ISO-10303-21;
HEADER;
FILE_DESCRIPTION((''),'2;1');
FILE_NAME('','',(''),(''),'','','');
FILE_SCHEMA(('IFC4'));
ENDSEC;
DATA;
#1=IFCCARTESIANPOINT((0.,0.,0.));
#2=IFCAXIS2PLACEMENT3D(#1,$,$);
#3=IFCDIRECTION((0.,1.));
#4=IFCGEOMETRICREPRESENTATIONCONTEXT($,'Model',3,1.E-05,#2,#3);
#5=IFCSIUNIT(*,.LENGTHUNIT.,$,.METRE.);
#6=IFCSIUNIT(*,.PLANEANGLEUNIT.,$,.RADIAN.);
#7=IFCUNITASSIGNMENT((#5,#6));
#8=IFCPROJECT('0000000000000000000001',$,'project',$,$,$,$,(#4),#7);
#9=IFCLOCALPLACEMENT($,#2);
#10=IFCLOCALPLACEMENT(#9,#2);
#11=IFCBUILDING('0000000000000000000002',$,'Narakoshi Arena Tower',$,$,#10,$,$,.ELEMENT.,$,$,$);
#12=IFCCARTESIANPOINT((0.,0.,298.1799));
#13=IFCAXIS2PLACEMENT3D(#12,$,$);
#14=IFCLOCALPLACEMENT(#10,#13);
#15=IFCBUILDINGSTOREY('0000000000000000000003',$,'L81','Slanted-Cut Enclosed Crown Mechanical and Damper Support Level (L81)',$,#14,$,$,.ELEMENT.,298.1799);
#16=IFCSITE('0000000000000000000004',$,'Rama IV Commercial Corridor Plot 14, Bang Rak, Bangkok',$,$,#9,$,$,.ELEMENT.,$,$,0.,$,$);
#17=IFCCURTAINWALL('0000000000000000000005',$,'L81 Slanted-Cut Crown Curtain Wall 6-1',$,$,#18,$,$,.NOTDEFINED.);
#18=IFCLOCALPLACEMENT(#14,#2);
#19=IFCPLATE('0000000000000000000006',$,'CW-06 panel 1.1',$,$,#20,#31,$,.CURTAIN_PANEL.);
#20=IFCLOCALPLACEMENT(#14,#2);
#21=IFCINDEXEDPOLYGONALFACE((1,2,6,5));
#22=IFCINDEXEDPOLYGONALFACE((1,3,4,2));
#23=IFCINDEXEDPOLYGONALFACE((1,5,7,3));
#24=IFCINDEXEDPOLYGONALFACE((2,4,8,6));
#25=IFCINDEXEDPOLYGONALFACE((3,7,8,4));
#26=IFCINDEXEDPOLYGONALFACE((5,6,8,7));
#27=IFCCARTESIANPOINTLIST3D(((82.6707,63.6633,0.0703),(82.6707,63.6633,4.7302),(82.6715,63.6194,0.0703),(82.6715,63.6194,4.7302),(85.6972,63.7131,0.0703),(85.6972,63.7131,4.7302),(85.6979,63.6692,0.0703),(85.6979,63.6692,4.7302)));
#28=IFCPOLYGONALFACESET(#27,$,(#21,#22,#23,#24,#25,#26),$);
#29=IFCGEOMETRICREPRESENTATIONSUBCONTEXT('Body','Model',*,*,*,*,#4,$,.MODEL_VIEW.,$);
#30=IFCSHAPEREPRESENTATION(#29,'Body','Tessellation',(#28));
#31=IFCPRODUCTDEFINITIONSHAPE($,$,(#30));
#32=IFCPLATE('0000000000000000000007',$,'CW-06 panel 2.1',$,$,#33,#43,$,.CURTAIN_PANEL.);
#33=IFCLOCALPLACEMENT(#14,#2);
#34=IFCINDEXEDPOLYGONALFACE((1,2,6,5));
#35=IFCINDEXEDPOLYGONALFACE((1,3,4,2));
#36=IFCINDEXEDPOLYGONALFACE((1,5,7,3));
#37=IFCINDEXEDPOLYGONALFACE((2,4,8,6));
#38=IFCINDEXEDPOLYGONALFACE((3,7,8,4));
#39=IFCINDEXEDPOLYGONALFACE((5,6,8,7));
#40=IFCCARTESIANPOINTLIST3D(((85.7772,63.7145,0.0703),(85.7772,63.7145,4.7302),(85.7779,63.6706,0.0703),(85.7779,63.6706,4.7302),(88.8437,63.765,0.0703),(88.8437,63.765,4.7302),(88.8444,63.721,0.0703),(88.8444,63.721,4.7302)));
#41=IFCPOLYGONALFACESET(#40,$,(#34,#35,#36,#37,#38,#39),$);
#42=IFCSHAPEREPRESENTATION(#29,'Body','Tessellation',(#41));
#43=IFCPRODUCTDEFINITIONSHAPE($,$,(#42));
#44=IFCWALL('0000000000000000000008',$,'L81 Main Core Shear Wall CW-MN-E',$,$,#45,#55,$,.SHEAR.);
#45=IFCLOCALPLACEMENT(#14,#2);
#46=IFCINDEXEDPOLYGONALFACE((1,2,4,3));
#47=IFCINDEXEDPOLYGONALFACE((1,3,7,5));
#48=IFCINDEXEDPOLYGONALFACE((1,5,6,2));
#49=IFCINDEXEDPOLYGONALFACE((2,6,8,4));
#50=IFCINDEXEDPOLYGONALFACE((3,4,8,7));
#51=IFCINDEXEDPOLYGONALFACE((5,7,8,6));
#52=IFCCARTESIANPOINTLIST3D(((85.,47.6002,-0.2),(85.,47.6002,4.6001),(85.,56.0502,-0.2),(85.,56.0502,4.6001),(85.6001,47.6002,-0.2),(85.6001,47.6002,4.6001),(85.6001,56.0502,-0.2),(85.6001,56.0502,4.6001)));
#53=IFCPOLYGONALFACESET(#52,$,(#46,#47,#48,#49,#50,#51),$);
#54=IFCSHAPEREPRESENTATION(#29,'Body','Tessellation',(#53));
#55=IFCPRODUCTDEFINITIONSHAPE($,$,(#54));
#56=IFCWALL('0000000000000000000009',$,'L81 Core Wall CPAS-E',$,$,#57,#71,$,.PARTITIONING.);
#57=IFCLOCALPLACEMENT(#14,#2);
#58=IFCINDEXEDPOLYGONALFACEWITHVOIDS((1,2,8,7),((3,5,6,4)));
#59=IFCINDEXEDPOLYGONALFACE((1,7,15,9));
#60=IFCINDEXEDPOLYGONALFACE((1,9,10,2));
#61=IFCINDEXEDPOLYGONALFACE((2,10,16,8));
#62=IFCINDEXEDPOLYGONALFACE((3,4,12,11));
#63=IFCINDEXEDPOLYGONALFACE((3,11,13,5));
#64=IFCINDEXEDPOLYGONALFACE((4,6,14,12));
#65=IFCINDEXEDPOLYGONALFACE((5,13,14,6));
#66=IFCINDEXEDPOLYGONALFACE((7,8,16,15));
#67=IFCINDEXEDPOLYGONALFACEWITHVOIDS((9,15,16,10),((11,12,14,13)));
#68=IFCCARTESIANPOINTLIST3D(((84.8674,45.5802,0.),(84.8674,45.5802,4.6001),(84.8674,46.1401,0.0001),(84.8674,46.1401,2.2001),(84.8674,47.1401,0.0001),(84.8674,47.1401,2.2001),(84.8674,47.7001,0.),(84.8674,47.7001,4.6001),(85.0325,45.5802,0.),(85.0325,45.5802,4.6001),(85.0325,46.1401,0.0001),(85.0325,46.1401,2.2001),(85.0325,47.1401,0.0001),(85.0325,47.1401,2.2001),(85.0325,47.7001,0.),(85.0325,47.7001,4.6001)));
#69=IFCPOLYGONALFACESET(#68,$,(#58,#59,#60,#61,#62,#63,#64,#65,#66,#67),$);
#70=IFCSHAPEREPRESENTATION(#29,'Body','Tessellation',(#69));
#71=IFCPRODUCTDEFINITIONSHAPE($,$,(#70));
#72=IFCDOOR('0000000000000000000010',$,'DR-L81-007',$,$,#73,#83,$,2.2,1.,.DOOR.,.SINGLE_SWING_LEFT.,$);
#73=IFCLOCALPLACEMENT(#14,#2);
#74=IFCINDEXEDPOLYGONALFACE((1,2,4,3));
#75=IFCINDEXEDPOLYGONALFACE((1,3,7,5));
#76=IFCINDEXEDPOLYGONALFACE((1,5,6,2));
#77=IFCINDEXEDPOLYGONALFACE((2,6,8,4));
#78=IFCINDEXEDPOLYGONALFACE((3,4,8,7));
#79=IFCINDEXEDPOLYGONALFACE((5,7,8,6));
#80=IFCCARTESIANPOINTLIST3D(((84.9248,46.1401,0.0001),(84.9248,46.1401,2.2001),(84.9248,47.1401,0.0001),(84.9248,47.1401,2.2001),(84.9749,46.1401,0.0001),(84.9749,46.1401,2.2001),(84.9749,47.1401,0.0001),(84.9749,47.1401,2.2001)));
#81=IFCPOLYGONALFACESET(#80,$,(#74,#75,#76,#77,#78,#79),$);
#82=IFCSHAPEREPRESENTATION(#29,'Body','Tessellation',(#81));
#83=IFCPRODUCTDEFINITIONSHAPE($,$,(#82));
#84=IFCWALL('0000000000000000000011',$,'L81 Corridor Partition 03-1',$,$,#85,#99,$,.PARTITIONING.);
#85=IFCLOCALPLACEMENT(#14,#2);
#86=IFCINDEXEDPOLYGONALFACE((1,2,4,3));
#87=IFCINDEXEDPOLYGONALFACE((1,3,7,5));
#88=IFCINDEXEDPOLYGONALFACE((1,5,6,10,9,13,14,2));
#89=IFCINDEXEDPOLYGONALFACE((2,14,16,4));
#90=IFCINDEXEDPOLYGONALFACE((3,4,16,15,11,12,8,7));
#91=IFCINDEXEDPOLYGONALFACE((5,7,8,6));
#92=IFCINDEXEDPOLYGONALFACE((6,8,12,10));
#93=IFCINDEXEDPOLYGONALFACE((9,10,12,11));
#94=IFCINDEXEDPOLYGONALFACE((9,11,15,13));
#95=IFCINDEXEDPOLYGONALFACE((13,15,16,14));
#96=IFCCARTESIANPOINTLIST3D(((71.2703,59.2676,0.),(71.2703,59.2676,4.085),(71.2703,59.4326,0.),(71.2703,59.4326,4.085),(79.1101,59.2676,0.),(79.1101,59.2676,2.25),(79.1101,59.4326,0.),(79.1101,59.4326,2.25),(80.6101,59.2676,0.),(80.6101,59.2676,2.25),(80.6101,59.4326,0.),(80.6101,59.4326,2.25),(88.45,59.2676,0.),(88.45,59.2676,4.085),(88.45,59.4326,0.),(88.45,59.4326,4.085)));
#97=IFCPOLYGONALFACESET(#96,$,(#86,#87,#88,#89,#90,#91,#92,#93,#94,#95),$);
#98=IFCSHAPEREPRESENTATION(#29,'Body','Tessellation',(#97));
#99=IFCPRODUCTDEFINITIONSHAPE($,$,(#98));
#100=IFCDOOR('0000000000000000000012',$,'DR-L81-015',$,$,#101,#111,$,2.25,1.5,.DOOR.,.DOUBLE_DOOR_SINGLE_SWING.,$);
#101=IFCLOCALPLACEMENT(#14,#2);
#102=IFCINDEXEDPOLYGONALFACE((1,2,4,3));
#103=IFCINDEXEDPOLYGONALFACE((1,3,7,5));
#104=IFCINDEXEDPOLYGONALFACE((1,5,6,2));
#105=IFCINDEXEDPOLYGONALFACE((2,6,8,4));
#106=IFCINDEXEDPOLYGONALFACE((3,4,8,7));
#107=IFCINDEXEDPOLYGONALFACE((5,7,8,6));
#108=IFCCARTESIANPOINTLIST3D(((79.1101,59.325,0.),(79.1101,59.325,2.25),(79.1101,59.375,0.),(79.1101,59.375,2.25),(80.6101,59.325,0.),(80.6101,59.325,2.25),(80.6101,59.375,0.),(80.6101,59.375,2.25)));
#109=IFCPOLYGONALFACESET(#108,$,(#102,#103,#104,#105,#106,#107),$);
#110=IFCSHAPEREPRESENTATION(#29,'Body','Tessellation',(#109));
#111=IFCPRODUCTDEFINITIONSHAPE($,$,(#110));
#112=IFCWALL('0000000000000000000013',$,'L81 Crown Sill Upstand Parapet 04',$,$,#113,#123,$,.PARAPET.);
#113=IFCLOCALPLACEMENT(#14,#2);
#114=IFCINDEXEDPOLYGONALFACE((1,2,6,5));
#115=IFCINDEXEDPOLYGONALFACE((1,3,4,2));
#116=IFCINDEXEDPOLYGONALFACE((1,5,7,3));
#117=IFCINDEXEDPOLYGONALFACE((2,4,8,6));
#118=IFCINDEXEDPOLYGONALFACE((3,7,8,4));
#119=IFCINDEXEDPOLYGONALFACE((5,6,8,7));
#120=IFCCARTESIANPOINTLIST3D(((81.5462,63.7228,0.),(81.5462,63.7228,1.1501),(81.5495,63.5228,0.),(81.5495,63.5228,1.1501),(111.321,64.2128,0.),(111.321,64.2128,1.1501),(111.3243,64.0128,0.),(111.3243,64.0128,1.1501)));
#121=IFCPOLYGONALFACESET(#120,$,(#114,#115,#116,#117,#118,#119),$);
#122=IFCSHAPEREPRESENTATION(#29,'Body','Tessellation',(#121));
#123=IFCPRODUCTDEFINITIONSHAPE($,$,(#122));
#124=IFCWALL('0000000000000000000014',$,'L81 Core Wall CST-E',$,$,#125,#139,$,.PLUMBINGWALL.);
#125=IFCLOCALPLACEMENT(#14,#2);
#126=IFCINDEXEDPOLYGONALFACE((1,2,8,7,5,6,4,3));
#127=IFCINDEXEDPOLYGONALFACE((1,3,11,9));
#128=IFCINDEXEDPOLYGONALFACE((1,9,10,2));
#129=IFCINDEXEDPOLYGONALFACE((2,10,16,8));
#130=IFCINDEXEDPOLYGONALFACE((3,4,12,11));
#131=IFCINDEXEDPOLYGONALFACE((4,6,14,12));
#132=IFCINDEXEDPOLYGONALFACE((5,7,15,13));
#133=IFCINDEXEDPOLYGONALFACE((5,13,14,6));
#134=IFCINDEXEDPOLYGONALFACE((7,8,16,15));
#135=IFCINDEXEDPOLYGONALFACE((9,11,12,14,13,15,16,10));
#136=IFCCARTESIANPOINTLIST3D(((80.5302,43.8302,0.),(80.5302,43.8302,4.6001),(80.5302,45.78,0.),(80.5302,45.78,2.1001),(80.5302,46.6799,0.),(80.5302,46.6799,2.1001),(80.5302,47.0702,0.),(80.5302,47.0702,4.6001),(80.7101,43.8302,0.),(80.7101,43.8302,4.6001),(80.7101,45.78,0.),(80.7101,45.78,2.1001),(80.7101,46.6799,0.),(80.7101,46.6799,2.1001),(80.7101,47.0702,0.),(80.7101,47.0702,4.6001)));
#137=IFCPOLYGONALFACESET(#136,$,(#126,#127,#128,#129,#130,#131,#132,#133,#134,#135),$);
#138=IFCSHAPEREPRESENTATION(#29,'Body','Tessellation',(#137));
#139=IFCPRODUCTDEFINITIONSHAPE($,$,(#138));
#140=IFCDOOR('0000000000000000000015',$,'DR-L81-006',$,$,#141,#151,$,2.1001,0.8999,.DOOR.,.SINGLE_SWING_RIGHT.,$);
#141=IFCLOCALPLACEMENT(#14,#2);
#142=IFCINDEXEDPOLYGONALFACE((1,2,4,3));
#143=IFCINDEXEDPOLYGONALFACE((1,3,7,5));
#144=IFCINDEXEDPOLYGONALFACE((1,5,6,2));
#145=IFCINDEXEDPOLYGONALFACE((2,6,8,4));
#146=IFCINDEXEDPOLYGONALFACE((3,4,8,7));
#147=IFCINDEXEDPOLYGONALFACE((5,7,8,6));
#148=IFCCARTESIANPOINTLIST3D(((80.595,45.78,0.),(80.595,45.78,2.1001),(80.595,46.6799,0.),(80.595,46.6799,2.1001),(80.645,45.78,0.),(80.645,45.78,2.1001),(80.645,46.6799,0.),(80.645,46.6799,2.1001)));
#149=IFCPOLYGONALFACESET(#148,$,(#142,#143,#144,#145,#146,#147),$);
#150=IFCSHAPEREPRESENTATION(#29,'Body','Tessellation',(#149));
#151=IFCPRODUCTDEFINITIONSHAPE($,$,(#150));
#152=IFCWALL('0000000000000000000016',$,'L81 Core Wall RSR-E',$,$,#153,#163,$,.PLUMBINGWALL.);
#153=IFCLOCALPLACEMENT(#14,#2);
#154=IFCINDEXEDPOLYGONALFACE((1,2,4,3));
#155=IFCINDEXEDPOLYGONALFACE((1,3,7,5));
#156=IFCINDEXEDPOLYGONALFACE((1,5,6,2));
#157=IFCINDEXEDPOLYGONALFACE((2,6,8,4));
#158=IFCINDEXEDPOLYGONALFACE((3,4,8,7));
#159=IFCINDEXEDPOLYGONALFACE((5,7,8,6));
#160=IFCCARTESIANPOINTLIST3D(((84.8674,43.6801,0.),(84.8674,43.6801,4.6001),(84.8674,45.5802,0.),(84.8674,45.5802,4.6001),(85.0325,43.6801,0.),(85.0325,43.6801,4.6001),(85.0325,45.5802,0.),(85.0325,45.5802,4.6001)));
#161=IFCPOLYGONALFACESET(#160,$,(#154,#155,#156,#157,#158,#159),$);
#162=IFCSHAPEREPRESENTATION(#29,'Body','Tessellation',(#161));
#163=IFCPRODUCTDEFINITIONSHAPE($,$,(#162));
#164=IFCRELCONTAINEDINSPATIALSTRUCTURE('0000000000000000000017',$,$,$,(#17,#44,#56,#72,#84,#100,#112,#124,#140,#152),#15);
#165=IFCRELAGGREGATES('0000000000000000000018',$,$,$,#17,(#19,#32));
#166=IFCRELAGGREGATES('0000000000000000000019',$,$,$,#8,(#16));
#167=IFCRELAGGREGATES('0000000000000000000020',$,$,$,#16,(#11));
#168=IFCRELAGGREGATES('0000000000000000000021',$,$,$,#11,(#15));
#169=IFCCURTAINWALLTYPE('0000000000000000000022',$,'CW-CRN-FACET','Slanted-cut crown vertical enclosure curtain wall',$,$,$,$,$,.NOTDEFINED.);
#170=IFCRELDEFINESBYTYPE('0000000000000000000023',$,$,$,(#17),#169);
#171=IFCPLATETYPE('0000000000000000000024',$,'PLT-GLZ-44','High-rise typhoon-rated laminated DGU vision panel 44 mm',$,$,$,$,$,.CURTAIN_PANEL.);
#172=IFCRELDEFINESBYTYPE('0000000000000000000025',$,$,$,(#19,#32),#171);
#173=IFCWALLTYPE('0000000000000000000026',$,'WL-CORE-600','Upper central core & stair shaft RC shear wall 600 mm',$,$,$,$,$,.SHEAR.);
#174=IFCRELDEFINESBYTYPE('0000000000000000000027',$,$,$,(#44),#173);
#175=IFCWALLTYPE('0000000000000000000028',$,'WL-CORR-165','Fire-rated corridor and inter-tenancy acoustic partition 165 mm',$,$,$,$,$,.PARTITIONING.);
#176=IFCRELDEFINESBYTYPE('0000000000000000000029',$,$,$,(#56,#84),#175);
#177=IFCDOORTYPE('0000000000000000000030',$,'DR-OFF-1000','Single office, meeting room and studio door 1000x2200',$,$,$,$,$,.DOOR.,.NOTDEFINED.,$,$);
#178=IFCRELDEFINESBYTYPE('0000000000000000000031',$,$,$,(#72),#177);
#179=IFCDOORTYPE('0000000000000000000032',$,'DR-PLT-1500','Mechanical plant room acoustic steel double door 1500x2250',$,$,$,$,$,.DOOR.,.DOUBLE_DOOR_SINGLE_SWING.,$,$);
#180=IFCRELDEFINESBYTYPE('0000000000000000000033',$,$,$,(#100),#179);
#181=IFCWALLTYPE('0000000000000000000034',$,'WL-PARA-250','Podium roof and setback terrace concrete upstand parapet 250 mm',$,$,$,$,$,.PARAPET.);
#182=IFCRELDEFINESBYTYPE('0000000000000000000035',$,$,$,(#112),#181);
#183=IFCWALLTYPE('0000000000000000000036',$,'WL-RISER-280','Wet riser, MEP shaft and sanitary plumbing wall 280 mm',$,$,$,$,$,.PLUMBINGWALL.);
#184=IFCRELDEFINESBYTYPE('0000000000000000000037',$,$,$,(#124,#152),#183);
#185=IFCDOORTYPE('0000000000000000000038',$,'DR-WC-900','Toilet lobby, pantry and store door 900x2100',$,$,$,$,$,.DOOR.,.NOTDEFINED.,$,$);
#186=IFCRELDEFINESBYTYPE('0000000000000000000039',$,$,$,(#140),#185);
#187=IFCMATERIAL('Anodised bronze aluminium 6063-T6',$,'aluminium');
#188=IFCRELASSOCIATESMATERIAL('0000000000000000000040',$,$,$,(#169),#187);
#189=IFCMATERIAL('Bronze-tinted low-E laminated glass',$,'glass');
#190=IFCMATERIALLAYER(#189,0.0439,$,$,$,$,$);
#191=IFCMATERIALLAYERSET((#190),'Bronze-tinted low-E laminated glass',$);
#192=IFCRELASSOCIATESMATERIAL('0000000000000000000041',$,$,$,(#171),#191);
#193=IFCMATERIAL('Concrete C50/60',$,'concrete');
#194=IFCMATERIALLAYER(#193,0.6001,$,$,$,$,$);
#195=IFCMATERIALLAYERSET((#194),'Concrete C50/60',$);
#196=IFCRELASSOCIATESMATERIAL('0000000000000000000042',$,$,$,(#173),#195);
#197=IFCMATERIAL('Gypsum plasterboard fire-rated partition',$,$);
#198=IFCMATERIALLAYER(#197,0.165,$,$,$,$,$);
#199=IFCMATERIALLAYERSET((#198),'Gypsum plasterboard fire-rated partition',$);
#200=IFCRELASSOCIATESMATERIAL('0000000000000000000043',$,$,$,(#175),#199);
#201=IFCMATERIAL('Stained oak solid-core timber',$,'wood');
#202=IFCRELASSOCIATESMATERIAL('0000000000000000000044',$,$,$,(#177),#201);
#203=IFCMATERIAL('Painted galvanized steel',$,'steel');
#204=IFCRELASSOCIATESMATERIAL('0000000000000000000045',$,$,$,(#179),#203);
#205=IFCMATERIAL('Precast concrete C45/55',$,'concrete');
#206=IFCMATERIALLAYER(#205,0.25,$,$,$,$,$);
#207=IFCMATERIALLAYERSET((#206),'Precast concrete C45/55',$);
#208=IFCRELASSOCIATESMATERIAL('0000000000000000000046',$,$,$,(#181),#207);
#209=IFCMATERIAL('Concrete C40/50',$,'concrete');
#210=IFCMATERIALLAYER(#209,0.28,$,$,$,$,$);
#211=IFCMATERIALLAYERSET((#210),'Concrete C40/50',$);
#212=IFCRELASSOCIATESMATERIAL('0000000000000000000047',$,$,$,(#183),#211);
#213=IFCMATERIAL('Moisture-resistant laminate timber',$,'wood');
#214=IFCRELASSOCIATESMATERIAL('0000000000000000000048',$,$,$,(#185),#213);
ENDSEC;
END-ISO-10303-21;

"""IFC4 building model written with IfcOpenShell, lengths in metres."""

from ifc_helpers import new_model, si_unit, direction, frame, frame_2d, origin, origin_2d, place, context, subcontext, project, spatial, rectangle, extrude, material, layer, layer_set, type_object, element, fill, aggregate, save


model = new_model("IFC4")

# Units and contexts
model_context = context("Model", 3, precision=1e-05, world=origin(), true_north=direction((0.0, 1.0)))
body_context = subcontext(model_context, "Body", "Model", "MODEL_VIEW")
ifc_project = project(units=[si_unit("LENGTHUNIT", "METRE"), si_unit("PLANEANGLEUNIT", "RADIAN")], contexts=[model_context])

# Site, building, storey
site_placement = place(None, origin())
site = spatial("IfcSite", under=ifc_project, at=site_placement, Name="Rama IV Commercial Corridor Plot 14, Bang Rak, Bangkok", CompositionType="ELEMENT", RefElevation=0.0)
building_placement = place(site_placement, origin())
building = spatial("IfcBuilding", under=site, at=building_placement, Name="Narakoshi Arena Tower", CompositionType="ELEMENT")
storey_placement = place(building_placement, frame((0.0, 0.0, 298.1799)))
storey = spatial("IfcBuildingStorey", under=building, at=storey_placement, Name="L81", Description="Slanted-Cut Enclosed Crown Mechanical and Damper Support Level (L81)", CompositionType="ELEMENT", Elevation=298.1799)

# Shared definitions
ifc_material_1 = material(Name="Anodised bronze aluminium 6063-T6", Category="aluminium")
curtain_wall_type = type_object("IfcCurtainWallType", Name="CW-CRN-FACET", Description="Slanted-cut crown vertical enclosure curtain wall", PredefinedType="NOTDEFINED", material=ifc_material_1)

# Curtain wall
curtain_wall_1_placement = place(storey_placement, origin())
curtain_wall_1 = element("IfcCurtainWall", 1, at=curtain_wall_1_placement, inside=storey, type_object=curtain_wall_type, Name="L81 Slanted-Cut Crown Curtain Wall 6-1", PredefinedType="NOTDEFINED")

# Plates
ifc_material_2 = material(Name="Bronze-tinted low-E laminated glass", Category="glass")
ifc_layer_1 = layer(ifc_material_2, 0.0439)
ifc_layer_set_1 = layer_set([ifc_layer_1], Name="Bronze-tinted low-E laminated glass")
plate_type = type_object("IfcPlateType", Name="PLT-GLZ-44", Description="High-rise typhoon-rated laminated DGU vision panel 44 mm", PredefinedType="CURTAIN_PANEL", material=ifc_layer_set_1)
plate_1_placement = place(storey_placement, frame((84.1843, 63.6663, 0.0703), z_axis=(0.0, 0.0, 1.0), x_axis=(0.999865, 0.016447, 0.0)))
plate_1 = element("IfcPlate", 2, at=plate_1_placement, type_object=plate_type, Name="CW-06 panel 1.1", PredefinedType="CURTAIN_PANEL", context=body_context, shape_type="SweptSolid", body=[
    extrude(rectangle(XDim=3.0269, YDim=0.0439, at=origin_2d()), origin(), (0.0, 0.0, 1.0), 4.6599),
])
plate_2_placement = place(storey_placement, frame((87.3108, 63.7178, 0.0703), z_axis=(0.0, 0.0, 1.0), x_axis=(0.999865, 0.016447, 0.0)))
plate_2 = element("IfcPlate", 3, at=plate_2_placement, type_object=plate_type, Name="CW-06 panel 2.1", PredefinedType="CURTAIN_PANEL", context=body_context, shape_type="SweptSolid", body=[
    extrude(rectangle(XDim=3.0669, YDim=0.0439, at=origin_2d()), origin(), (0.0, 0.0, 1.0), 4.6599),
])
aggregate(curtain_wall_1, [plate_1, plate_2])

# Wall
ifc_material_3 = material(Name="Concrete C50/60", Category="concrete")
ifc_layer_2 = layer(ifc_material_3, 0.6001)
ifc_layer_set_2 = layer_set([ifc_layer_2], Name="Concrete C50/60")
wall_type_1 = type_object("IfcWallType", Name="WL-CORE-600", Description="Upper central core & stair shaft RC shear wall 600 mm", PredefinedType="SHEAR", material=ifc_layer_set_2)
wall_1_placement = place(storey_placement, frame((85.3, 47.6001, -0.2), z_axis=(0.0, 0.0, 1.0), x_axis=(0.0, 1.0, 0.0)))
element("IfcWall", 4, at=wall_1_placement, inside=storey, type_object=wall_type_1, Name="L81 Main Core Shear Wall CW-MN-E", PredefinedType="SHEAR", context=body_context, shape_type="SweptSolid", body=[
    extrude(rectangle(XDim=8.45, YDim=0.6001, at=frame_2d((4.2251, 0.0))), origin(), (0.0, 0.0, 1.0), 4.8),
])

# Walls, openings, doors
ifc_material_4 = material(Name="Gypsum plasterboard fire-rated partition")
ifc_layer_3 = layer(ifc_material_4, 0.165)
ifc_layer_set_3 = layer_set([ifc_layer_3], Name="Gypsum plasterboard fire-rated partition")
wall_type_2 = type_object("IfcWallType", Name="WL-CORR-165", Description="Fire-rated corridor and inter-tenancy acoustic partition 165 mm", PredefinedType="PARTITIONING", material=ifc_layer_set_3)
wall_2_placement = place(storey_placement, frame((84.95, 45.5801, 0.0), z_axis=(0.0, 0.0, 1.0), x_axis=(0.0, 1.0, 0.0)))
wall_2 = element("IfcWall", 5, at=wall_2_placement, inside=storey, type_object=wall_type_2, Name="L81 Core Wall CPAS-E", PredefinedType="PARTITIONING", context=body_context, shape_type="SweptSolid", body=[
    extrude(rectangle(XDim=2.1199, YDim=0.165, at=frame_2d((1.0601, 0.0))), origin(), (0.0, 0.0, 1.0), 4.6001),
])
opening_1_placement = place(wall_2_placement, frame((0.5601, 0.0, 0.0)))
opening_1 = element("IfcOpeningElement", 6, at=opening_1_placement, cuts=wall_2, PredefinedType="OPENING", context=body_context, shape_type="SweptSolid", body=[
    extrude(rectangle(XDim=1.0, YDim=2.2, at=frame_2d((0.5, 1.1001))), frame((0.0, 0.0925, 0.0), z_axis=(0.0, -1.0, 0.0), x_axis=(1.0, 0.0, 0.0)), (0.0, 0.0, 1.0), 0.1851),
])
ifc_material_5 = material(Name="Stained oak solid-core timber", Category="wood")
door_type_1 = type_object("IfcDoorType", Name="DR-OFF-1000", Description="Single office, meeting room and studio door 1000x2200", OperationType="NOTDEFINED", PredefinedType="DOOR", material=ifc_material_5)
door_1_placement = place(opening_1_placement, frame((1.0, 0.0, 0.0), z_axis=(0.0, 0.0, 1.0), x_axis=(-1.0, 0.0, 0.0)))
door_1 = element("IfcDoor", 7, at=door_1_placement, inside=storey, type_object=door_type_1, Name="DR-L81-007", OperationType="SINGLE_SWING_LEFT", OverallHeight=2.2, OverallWidth=1.0, PredefinedType="DOOR", context=body_context, shape_type="SweptSolid", body=[
    extrude(rectangle(XDim=1.0, YDim=2.2, at=frame_2d((0.5, 1.1001))), frame((0.0, 0.0249, 0.0), z_axis=(0.0, -1.0, 0.0), x_axis=(1.0, 0.0, 0.0)), (0.0, 0.0, 1.0), 0.05),
])
fill(opening_1, door_1)
wall_3_placement = place(storey_placement, frame((88.45, 59.3501, 0.0), z_axis=(0.0, 0.0, 1.0), x_axis=(-1.0, 0.0, 0.0)))
wall_3 = element("IfcWall", 8, at=wall_3_placement, inside=storey, type_object=wall_type_2, Name="L81 Corridor Partition 03-1", PredefinedType="PARTITIONING", context=body_context, shape_type="SweptSolid", body=[
    extrude(rectangle(XDim=17.1797, YDim=0.165, at=frame_2d((8.5898, 0.0))), origin(), (0.0, 0.0, 1.0), 4.085),
])
opening_2_placement = place(wall_3_placement, frame((7.8398, 0.0, 0.0)))
opening_2 = element("IfcOpeningElement", 9, at=opening_2_placement, cuts=wall_3, PredefinedType="OPENING", context=body_context, shape_type="SweptSolid", body=[
    extrude(rectangle(XDim=1.5, YDim=2.25, at=frame_2d((0.75, 1.125))), frame((0.0, 0.0925, 0.0), z_axis=(0.0, -1.0, 0.0), x_axis=(1.0, 0.0, 0.0)), (0.0, 0.0, 1.0), 0.1851),
])
ifc_material_6 = material(Name="Painted galvanized steel", Category="steel")
door_type_2 = type_object("IfcDoorType", Name="DR-PLT-1500", Description="Mechanical plant room acoustic steel double door 1500x2250", OperationType="DOUBLE_DOOR_SINGLE_SWING", PredefinedType="DOOR", material=ifc_material_6)
door_2_placement = place(opening_2_placement, frame((1.5, 0.0, 0.0), z_axis=(0.0, 0.0, 1.0), x_axis=(-1.0, 0.0, 0.0)))
door_2 = element("IfcDoor", 10, at=door_2_placement, inside=storey, type_object=door_type_2, Name="DR-L81-015", OperationType="DOUBLE_DOOR_SINGLE_SWING", OverallHeight=2.25, OverallWidth=1.5, PredefinedType="DOOR", context=body_context, shape_type="SweptSolid", body=[
    extrude(rectangle(XDim=1.5, YDim=2.25, at=frame_2d((0.75, 1.125))), frame((0.0, 0.0249, 0.0), z_axis=(0.0, -1.0, 0.0), x_axis=(1.0, 0.0, 0.0)), (0.0, 0.0, 1.0), 0.05),
])
fill(opening_2, door_2)

# Wall
ifc_material_7 = material(Name="Precast concrete C45/55", Category="concrete")
ifc_layer_4 = layer(ifc_material_7, 0.25)
ifc_layer_set_4 = layer_set([ifc_layer_4], Name="Precast concrete C45/55")
wall_type_3 = type_object("IfcWallType", Name="WL-PARA-250", Description="Podium roof and setback terrace concrete upstand parapet 250 mm", PredefinedType="PARAPET", material=ifc_layer_set_4)
wall_4_placement = place(storey_placement, frame((81.5479, 63.6228, 0.0), z_axis=(0.0, 0.0, 1.0), x_axis=(0.999865, 0.016454, 0.0)))
element("IfcWall", 11, at=wall_4_placement, inside=storey, type_object=wall_type_3, Name="L81 Crown Sill Upstand Parapet 04", PredefinedType="PARAPET", context=body_context, shape_type="SweptSolid", body=[
    extrude(rectangle(XDim=29.7788, YDim=0.2, at=frame_2d((14.8894, 0.0))), origin(), (0.0, 0.0, 1.0), 1.1501),
])

# Wall, opening, door
ifc_material_8 = material(Name="Concrete C40/50", Category="concrete")
ifc_layer_5 = layer(ifc_material_8, 0.28)
ifc_layer_set_5 = layer_set([ifc_layer_5], Name="Concrete C40/50")
wall_type_4 = type_object("IfcWallType", Name="WL-RISER-280", Description="Wet riser, MEP shaft and sanitary plumbing wall 280 mm", PredefinedType="PLUMBINGWALL", material=ifc_layer_set_5)
wall_5_placement = place(storey_placement, frame((80.6201, 43.8301, 0.0), z_axis=(0.0, 0.0, 1.0), x_axis=(0.0, 1.0, 0.0)))
wall_5 = element("IfcWall", 12, at=wall_5_placement, inside=storey, type_object=wall_type_4, Name="L81 Core Wall CST-E", PredefinedType="PLUMBINGWALL", context=body_context, shape_type="SweptSolid", body=[
    extrude(rectangle(XDim=3.24, YDim=0.1799, at=frame_2d((1.6201, 0.0))), origin(), (0.0, 0.0, 1.0), 4.6001),
])
opening_3_placement = place(wall_5_placement, frame((1.95, 0.0, 0.0)))
opening_3 = element("IfcOpeningElement", 13, at=opening_3_placement, cuts=wall_5, PredefinedType="OPENING", context=body_context, shape_type="SweptSolid", body=[
    extrude(rectangle(XDim=0.8999, YDim=2.1001, at=frame_2d((0.45, 1.05))), frame((0.0, 0.0999, 0.0), z_axis=(0.0, -1.0, 0.0), x_axis=(1.0, 0.0, 0.0)), (0.0, 0.0, 1.0), 0.2),
])
ifc_material_9 = material(Name="Moisture-resistant laminate timber", Category="wood")
door_type_3 = type_object("IfcDoorType", Name="DR-WC-900", Description="Toilet lobby, pantry and store door 900x2100", OperationType="NOTDEFINED", PredefinedType="DOOR", material=ifc_material_9)
door_3_placement = place(opening_3_placement, frame((0.8999, 0.0, 0.0), z_axis=(0.0, 0.0, 1.0), x_axis=(-1.0, 0.0, 0.0)))
door_3 = element("IfcDoor", 14, at=door_3_placement, inside=storey, type_object=door_type_3, Name="DR-L81-006", OperationType="SINGLE_SWING_RIGHT", OverallHeight=2.1001, OverallWidth=0.8999, PredefinedType="DOOR", context=body_context, shape_type="SweptSolid", body=[
    extrude(rectangle(XDim=0.8999, YDim=2.1001, at=frame_2d((0.45, 1.05))), frame((0.0, 0.0249, 0.0), z_axis=(0.0, -1.0, 0.0), x_axis=(1.0, 0.0, 0.0)), (0.0, 0.0, 1.0), 0.05),
])
fill(opening_3, door_3)

# Wall
wall_6_placement = place(storey_placement, frame((84.95, 43.6799, 0.0), z_axis=(0.0, 0.0, 1.0), x_axis=(0.0, 1.0, 0.0)))
element("IfcWall", 15, at=wall_6_placement, inside=storey, type_object=wall_type_4, Name="L81 Core Wall RSR-E", PredefinedType="PLUMBINGWALL", context=body_context, shape_type="SweptSolid", body=[
    extrude(rectangle(XDim=1.9001, YDim=0.165, at=frame_2d((0.9502, 0.0))), origin(), (0.0, 0.0, 1.0), 4.6001),
])

save(model, "model.ifc")
